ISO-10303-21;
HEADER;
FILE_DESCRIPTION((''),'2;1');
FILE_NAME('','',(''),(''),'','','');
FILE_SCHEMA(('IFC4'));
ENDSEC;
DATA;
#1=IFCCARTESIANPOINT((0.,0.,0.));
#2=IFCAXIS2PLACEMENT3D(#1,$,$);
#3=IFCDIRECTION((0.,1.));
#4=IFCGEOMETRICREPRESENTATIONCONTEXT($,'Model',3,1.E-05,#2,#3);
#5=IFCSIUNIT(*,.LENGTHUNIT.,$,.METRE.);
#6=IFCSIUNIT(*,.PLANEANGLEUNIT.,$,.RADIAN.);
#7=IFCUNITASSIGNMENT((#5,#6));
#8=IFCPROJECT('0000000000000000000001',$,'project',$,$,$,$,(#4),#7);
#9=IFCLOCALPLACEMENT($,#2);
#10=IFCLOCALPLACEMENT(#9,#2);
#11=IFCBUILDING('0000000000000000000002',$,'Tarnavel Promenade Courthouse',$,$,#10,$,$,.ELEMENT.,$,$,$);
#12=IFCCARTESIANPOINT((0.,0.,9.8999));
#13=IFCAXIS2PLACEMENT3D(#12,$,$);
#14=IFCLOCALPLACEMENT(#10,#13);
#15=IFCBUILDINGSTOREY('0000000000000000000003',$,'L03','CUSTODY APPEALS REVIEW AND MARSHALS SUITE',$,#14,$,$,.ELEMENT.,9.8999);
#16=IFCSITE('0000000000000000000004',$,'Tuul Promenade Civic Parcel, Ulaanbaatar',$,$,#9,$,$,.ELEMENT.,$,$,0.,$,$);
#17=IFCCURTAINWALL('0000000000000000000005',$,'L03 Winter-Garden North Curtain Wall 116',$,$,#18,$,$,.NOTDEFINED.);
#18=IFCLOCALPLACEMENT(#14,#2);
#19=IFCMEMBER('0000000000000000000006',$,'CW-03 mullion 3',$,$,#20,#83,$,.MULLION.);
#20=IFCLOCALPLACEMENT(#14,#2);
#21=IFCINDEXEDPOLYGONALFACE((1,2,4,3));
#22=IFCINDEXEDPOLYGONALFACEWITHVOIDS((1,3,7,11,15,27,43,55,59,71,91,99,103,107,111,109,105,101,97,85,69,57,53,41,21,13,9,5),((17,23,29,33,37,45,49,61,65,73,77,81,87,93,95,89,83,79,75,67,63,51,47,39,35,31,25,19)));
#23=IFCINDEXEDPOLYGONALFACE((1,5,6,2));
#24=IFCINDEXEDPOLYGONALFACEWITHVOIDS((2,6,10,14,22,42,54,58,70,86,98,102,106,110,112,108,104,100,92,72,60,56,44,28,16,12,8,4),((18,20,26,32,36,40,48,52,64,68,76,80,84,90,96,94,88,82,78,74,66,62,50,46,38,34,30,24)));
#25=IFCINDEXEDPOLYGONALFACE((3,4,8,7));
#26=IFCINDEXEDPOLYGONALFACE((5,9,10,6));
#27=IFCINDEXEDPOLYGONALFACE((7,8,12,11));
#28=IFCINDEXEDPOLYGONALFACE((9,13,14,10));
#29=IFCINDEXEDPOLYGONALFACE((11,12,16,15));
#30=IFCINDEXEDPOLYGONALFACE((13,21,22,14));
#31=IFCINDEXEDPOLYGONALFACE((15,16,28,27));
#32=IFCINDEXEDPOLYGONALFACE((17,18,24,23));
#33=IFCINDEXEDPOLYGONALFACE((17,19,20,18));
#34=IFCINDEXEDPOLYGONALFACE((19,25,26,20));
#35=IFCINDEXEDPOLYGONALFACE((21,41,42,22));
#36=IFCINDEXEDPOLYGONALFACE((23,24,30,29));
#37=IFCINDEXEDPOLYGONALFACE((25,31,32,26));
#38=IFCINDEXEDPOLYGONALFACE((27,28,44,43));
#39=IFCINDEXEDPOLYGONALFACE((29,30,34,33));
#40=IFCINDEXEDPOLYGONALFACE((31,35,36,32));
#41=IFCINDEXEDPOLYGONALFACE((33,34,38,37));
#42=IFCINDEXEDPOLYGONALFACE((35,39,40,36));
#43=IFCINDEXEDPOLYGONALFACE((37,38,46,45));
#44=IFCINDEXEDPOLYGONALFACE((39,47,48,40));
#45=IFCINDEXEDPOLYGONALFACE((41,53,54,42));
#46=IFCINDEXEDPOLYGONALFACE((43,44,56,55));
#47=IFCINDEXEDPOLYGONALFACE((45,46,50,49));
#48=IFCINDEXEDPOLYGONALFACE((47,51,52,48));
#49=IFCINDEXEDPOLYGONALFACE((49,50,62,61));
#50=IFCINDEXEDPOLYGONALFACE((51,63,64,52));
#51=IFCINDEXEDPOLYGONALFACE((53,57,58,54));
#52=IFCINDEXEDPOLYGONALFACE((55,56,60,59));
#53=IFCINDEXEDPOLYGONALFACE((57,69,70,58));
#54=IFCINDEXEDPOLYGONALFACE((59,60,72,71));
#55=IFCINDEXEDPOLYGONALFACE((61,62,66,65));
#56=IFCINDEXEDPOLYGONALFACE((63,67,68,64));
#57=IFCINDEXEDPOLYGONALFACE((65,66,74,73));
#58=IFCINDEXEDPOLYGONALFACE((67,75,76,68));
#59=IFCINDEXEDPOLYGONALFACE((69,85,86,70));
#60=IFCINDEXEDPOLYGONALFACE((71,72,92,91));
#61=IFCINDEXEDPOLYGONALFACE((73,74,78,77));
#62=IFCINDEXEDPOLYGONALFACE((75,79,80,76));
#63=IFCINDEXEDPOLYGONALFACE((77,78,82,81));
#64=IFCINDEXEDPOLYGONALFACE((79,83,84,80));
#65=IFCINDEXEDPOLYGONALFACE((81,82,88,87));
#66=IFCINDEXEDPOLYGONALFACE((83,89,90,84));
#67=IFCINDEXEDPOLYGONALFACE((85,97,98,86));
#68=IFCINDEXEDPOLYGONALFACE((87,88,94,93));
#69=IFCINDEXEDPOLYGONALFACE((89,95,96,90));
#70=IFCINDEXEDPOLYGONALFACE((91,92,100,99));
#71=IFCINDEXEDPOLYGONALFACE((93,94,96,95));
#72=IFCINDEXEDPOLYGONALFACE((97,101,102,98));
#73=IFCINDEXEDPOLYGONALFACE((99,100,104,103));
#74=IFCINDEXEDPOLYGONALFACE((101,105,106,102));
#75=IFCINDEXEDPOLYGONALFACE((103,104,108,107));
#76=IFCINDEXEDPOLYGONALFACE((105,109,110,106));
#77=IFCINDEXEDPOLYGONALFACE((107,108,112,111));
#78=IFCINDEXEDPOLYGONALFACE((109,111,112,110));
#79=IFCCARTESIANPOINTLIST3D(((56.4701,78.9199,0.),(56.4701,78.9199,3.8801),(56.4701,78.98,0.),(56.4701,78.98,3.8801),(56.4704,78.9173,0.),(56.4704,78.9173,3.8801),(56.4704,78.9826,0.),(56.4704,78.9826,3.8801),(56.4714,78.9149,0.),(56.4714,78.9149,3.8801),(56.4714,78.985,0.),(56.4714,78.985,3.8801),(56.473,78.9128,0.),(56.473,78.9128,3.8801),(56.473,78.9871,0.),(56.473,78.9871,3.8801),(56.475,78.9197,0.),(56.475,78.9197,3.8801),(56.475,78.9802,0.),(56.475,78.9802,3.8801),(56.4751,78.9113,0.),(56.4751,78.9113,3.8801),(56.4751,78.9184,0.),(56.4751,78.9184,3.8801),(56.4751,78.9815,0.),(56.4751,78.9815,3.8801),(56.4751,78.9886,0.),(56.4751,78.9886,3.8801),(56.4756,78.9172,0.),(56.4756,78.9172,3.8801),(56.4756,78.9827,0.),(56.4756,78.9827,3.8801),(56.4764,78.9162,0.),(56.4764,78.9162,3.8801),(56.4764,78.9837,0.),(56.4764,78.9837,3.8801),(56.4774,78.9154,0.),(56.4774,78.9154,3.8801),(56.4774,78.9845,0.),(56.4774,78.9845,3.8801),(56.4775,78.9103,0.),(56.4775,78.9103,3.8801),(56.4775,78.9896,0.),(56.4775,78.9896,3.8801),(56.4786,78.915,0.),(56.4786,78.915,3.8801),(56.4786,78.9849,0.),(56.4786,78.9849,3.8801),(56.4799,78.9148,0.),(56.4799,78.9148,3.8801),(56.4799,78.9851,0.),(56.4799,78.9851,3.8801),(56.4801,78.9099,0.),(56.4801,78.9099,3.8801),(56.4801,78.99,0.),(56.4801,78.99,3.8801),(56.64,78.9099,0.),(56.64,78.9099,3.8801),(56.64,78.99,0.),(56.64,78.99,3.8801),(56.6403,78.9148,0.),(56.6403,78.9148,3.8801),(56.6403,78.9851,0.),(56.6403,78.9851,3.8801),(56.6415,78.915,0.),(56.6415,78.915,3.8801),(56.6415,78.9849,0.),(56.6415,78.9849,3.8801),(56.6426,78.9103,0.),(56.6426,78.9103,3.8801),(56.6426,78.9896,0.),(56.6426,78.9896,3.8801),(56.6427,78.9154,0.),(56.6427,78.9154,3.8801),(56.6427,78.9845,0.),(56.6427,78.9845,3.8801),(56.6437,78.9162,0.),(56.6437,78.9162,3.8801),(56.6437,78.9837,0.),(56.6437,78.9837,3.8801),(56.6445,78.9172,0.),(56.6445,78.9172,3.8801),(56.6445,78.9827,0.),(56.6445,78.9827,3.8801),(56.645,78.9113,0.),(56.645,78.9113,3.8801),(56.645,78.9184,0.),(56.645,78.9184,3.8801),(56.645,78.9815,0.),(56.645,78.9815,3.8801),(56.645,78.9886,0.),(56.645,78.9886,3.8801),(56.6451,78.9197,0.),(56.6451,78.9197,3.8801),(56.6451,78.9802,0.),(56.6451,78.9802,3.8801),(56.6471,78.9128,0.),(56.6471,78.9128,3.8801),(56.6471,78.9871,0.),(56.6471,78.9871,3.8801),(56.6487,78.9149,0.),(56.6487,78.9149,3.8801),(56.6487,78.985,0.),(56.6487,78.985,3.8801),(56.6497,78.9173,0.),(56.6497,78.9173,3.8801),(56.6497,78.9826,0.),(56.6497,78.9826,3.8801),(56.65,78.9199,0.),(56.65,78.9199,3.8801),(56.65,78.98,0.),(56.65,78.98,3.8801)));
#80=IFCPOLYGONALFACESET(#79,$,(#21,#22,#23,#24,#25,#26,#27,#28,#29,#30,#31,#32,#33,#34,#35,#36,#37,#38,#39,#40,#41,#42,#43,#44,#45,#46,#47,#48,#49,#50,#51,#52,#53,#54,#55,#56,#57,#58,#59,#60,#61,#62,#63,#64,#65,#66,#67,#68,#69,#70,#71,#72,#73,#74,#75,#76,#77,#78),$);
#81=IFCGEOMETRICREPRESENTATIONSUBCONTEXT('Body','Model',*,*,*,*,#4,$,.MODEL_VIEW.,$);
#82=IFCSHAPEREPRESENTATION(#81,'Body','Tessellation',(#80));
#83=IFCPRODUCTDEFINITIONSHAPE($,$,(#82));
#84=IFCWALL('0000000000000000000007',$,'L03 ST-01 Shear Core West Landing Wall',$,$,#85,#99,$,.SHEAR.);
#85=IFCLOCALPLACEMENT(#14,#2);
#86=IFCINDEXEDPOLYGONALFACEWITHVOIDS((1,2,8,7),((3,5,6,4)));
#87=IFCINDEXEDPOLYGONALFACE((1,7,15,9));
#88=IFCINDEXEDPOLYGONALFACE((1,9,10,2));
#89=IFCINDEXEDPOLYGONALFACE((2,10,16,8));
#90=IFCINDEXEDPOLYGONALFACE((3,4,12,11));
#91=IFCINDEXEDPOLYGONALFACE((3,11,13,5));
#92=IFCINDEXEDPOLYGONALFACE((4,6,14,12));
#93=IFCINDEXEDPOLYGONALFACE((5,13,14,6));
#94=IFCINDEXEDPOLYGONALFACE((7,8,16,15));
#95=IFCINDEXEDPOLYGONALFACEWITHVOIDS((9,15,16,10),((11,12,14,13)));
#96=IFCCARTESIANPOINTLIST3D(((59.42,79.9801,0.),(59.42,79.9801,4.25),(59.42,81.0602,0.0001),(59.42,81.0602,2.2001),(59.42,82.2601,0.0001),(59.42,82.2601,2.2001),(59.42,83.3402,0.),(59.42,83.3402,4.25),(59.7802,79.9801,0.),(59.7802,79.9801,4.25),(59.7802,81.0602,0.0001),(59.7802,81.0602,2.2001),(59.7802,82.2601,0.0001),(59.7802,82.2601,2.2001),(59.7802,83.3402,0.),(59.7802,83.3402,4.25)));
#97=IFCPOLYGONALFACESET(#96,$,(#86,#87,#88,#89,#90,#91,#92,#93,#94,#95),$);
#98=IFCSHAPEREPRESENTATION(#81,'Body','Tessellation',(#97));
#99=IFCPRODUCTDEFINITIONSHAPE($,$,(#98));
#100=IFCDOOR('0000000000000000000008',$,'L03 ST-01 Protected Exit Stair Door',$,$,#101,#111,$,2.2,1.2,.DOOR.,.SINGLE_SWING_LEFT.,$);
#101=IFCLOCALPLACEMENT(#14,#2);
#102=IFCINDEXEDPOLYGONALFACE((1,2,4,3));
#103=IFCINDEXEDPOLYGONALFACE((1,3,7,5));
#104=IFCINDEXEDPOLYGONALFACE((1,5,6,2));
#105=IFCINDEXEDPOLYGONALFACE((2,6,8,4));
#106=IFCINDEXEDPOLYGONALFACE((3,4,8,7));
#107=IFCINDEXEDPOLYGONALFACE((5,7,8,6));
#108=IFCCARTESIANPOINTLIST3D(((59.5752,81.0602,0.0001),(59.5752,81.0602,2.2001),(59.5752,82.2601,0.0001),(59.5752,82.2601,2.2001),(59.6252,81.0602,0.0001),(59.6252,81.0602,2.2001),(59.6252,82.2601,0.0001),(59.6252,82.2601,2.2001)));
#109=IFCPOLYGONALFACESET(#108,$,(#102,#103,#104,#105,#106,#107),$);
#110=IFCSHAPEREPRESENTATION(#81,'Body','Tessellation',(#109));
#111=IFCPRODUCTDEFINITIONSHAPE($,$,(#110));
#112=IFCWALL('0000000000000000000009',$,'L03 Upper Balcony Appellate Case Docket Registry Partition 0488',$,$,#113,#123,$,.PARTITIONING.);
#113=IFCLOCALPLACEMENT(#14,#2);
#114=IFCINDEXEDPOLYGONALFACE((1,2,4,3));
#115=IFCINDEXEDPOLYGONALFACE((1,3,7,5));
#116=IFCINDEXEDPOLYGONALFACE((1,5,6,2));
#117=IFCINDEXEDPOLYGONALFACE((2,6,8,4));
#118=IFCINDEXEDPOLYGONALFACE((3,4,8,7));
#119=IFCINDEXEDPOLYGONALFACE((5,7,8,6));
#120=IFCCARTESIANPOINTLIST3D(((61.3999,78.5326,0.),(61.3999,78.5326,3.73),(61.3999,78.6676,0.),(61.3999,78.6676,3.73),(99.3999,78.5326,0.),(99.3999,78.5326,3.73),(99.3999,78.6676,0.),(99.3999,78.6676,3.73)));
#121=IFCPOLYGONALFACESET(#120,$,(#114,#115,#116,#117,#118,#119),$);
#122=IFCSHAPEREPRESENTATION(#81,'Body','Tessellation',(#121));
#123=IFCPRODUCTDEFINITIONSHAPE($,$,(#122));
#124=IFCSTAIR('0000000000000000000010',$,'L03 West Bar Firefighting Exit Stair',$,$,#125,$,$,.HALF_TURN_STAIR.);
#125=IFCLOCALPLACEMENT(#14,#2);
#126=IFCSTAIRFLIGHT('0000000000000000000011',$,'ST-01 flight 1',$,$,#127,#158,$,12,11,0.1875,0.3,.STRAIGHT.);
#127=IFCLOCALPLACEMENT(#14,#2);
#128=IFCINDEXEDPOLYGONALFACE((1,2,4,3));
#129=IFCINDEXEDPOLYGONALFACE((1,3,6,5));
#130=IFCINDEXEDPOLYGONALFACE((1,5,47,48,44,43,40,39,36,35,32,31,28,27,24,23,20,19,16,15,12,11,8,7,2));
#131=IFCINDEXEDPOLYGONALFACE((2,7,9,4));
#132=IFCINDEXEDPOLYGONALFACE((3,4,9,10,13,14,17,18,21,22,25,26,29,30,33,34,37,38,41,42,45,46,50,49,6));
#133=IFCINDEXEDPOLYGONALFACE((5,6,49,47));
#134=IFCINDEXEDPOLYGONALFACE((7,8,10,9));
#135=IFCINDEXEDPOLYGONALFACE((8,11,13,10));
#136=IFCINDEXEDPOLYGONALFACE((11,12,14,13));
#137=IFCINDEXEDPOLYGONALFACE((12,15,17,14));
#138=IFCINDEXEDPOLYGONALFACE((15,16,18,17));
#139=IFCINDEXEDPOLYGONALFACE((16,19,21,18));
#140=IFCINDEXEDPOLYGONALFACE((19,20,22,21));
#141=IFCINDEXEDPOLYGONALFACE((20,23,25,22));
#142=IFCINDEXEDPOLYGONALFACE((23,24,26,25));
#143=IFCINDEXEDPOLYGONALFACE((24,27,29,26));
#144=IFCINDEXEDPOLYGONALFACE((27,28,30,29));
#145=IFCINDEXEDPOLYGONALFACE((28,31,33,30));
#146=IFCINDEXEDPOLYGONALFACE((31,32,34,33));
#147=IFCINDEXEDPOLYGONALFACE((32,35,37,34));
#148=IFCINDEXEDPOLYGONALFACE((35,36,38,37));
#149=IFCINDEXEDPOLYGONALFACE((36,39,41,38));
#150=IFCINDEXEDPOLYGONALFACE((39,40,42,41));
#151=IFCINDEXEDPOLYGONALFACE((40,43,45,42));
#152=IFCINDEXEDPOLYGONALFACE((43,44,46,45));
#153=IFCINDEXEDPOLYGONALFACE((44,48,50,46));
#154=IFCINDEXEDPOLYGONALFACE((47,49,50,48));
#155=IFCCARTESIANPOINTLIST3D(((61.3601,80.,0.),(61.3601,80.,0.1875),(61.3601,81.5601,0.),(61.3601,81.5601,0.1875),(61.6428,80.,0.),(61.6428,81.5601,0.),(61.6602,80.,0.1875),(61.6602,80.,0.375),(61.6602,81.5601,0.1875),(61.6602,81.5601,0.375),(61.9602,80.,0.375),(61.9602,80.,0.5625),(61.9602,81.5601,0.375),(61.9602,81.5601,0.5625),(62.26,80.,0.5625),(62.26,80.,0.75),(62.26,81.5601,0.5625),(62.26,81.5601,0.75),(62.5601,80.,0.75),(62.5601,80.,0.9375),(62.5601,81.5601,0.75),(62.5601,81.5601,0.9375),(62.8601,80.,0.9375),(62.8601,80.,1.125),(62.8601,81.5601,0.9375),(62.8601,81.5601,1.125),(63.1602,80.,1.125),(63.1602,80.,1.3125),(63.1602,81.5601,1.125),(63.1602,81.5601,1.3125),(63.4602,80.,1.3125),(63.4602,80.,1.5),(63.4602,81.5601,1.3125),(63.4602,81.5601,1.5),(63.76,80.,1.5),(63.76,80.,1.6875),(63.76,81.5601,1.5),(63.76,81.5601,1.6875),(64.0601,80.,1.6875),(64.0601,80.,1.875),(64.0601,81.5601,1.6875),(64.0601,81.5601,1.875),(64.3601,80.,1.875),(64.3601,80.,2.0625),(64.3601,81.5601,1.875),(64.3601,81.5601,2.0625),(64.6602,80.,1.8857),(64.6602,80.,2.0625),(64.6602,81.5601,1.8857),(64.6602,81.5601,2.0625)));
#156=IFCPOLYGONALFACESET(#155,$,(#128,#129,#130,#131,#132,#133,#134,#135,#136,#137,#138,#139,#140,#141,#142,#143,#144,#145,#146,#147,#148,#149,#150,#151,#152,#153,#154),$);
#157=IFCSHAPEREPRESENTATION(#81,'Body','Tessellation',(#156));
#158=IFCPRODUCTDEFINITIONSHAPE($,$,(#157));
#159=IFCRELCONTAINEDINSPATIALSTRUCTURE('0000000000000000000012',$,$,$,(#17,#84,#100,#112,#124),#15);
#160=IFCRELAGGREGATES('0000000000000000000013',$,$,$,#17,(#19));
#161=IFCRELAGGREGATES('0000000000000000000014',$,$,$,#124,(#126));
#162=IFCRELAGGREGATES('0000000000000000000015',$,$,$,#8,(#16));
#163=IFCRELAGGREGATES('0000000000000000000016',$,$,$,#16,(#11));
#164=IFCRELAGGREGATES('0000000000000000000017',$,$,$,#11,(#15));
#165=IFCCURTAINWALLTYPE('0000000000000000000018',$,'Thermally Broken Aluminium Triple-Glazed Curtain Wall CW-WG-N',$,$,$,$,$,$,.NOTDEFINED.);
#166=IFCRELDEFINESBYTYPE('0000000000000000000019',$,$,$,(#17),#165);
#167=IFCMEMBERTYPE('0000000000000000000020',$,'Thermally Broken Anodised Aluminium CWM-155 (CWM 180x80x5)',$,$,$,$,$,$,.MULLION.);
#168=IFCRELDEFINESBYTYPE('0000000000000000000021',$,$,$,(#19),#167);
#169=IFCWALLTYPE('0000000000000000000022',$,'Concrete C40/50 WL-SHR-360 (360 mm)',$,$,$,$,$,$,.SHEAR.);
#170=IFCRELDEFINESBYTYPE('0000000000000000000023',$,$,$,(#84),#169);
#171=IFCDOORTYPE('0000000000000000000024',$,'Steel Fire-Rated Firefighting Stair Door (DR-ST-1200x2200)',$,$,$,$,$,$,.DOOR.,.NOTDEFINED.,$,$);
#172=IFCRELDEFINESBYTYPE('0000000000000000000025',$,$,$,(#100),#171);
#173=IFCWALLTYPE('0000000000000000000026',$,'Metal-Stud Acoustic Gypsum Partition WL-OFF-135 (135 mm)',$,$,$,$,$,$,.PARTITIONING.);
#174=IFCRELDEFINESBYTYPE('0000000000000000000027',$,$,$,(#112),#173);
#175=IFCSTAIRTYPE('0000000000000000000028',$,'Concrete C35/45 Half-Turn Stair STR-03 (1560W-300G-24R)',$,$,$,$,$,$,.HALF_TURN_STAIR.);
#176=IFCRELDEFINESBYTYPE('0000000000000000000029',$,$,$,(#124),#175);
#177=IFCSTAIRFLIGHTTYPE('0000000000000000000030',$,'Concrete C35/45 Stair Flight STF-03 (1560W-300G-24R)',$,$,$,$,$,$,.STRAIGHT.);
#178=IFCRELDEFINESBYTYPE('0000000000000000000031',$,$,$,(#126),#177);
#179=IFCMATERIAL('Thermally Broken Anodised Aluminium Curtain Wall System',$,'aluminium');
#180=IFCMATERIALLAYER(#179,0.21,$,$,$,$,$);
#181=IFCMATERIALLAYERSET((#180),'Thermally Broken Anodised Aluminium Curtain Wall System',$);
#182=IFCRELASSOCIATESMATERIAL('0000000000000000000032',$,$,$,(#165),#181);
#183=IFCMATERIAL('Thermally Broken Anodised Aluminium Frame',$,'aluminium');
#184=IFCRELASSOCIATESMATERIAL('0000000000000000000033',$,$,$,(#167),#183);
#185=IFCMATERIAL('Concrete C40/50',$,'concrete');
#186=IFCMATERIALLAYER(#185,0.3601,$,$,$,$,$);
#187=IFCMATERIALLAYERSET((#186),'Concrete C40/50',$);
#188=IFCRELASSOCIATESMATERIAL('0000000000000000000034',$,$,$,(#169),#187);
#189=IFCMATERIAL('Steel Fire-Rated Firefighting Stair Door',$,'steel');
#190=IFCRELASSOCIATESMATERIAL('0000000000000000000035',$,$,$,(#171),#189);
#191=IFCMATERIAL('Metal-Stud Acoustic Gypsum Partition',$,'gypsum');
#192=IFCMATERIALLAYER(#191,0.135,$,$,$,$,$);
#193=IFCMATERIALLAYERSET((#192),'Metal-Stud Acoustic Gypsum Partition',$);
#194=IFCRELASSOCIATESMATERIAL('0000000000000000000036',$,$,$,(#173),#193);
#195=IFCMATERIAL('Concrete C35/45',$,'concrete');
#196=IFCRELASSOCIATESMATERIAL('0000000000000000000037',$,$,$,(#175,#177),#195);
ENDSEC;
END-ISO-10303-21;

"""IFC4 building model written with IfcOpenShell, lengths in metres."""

from ifc_helpers import new_model, si_unit, direction, frame, frame_2d, origin, origin_2d, place, context, subcontext, project, spatial, polyline, rectangle, hollow_rectangle, outline, extrude, material, layer, layer_set, material_profile, profile_set, type_object, element, fill, aggregate, save


model = new_model("IFC4")

# Units and contexts
model_context = context("Model", 3, precision=1e-05, world=origin(), true_north=direction((0.0, 1.0)))
body_context = subcontext(model_context, "Body", "Model", "MODEL_VIEW")
ifc_project = project(units=[si_unit("LENGTHUNIT", "METRE"), si_unit("PLANEANGLEUNIT", "RADIAN")], contexts=[model_context])

# Site, building, storey
site_placement = place(None, origin())
site = spatial("IfcSite", under=ifc_project, at=site_placement, Name="Tuul Promenade Civic Parcel, Ulaanbaatar", CompositionType="ELEMENT", RefElevation=0.0)
building_placement = place(site_placement, origin())
building = spatial("IfcBuilding", under=site, at=building_placement, Name="Tarnavel Promenade Courthouse", CompositionType="ELEMENT")
storey_placement = place(building_placement, frame((0.0, 0.0, 9.8999)))
storey = spatial("IfcBuildingStorey", under=building, at=storey_placement, Name="L03", Description="CUSTODY APPEALS REVIEW AND MARSHALS SUITE", CompositionType="ELEMENT", Elevation=9.8999)

# Shared definitions
ifc_material_1 = material(Name="Concrete C40/50", Category="concrete")

# Curtain wall, member
ifc_material_2 = material(Name="Thermally Broken Anodised Aluminium Curtain Wall System", Category="aluminium")
ifc_layer_1 = layer(ifc_material_2, 0.21)
ifc_layer_set_1 = layer_set([ifc_layer_1], Name="Thermally Broken Anodised Aluminium Curtain Wall System")
curtain_wall_type = type_object("IfcCurtainWallType", Name="Thermally Broken Aluminium Triple-Glazed Curtain Wall CW-WG-N", PredefinedType="NOTDEFINED", material=ifc_layer_set_1)
curtain_wall_placement = place(storey_placement, origin())
curtain_wall = element("IfcCurtainWall", 1, at=curtain_wall_placement, inside=storey, type_object=curtain_wall_type, Name="L03 Winter-Garden North Curtain Wall 116", PredefinedType="NOTDEFINED")
ifc_material_3 = material(Name="Thermally Broken Anodised Aluminium Frame", Category="aluminium")
ifc_material_profile_1 = material_profile(ifc_material_3, hollow_rectangle(XDim=0.0801, YDim=0.1799, WallThickness=0.0049, InnerFilletRadius=0.0049, OuterFilletRadius=0.01, at=origin_2d()), Name="CWM 180x80x5")
ifc_profile_set_1 = profile_set([ifc_material_profile_1], Name="Thermally Broken Anodised Aluminium Frame")
member_type_1 = type_object("IfcMemberType", Name="Thermally Broken Anodised Aluminium CWM-155 (CWM 180x80x5)", PredefinedType="MULLION", material=ifc_profile_set_1)
member_1_placement = place(storey_placement, frame((56.5601, 78.95, 0.0), z_axis=(0.0, 0.0, 1.0), x_axis=(0.0, 1.0, 0.0)))
member_1 = element("IfcMember", 2, at=member_1_placement, type_object=member_type_1, Name="CW-03 mullion 3", PredefinedType="MULLION", context=body_context, shape_type="SweptSolid", body=[
    extrude(hollow_rectangle(XDim=0.0801, YDim=0.1799, WallThickness=0.0049, InnerFilletRadius=0.0049, OuterFilletRadius=0.01, at=origin_2d()), origin(), (0.0, 0.0, 1.0), 3.8801),
])
aggregate(curtain_wall, [member_1])

# Wall, opening, door
ifc_layer_2 = layer(ifc_material_1, 0.3601)
ifc_layer_set_2 = layer_set([ifc_layer_2], Name="Concrete C40/50")
wall_type_1 = type_object("IfcWallType", Name="Concrete C40/50 WL-SHR-360 (360 mm)", PredefinedType="SHEAR", material=ifc_layer_set_2)
wall_1_placement = place(storey_placement, frame((59.6001, 79.98, 0.0), z_axis=(0.0, 0.0, 1.0), x_axis=(0.0, 1.0, 0.0)))
wall_1 = element("IfcWall", 3, at=wall_1_placement, inside=storey, type_object=wall_type_1, Name="L03 ST-01 Shear Core West Landing Wall", PredefinedType="SHEAR", context=body_context, shape_type="SweptSolid", body=[
    extrude(rectangle(XDim=3.3601, YDim=0.3601, at=frame_2d((1.6802, 0.0))), origin(), (0.0, 0.0, 1.0), 4.25),
])
opening_placement = place(wall_1_placement, frame((1.0801, 0.0, 0.0)))
opening = element("IfcOpeningElement", 4, at=opening_placement, cuts=wall_1, PredefinedType="OPENING", context=body_context, shape_type="SweptSolid", body=[
    extrude(rectangle(XDim=1.2, YDim=2.2, at=frame_2d((0.6001, 1.1001))), frame((0.0, 0.1899, 0.0), z_axis=(0.0, -1.0, 0.0), x_axis=(1.0, 0.0, 0.0)), (0.0, 0.0, 1.0), 0.3801),
])
ifc_material_4 = material(Name="Steel Fire-Rated Firefighting Stair Door", Category="steel")
door_type = type_object("IfcDoorType", Name="Steel Fire-Rated Firefighting Stair Door (DR-ST-1200x2200)", OperationType="NOTDEFINED", PredefinedType="DOOR", material=ifc_material_4)
door_placement = place(opening_placement, origin())
door = element("IfcDoor", 5, at=door_placement, inside=storey, type_object=door_type, Name="L03 ST-01 Protected Exit Stair Door", OperationType="SINGLE_SWING_LEFT", OverallHeight=2.2, OverallWidth=1.2, PredefinedType="DOOR", context=body_context, shape_type="SweptSolid", body=[
    extrude(rectangle(XDim=1.2, YDim=2.2, at=frame_2d((0.6001, 1.1001))), frame((0.0, 0.0249, 0.0), z_axis=(0.0, -1.0, 0.0), x_axis=(1.0, 0.0, 0.0)), (0.0, 0.0, 1.0), 0.05),
])
fill(opening, door)

# Wall
ifc_material_5 = material(Name="Metal-Stud Acoustic Gypsum Partition", Category="gypsum")
ifc_layer_3 = layer(ifc_material_5, 0.135)
ifc_layer_set_3 = layer_set([ifc_layer_3], Name="Metal-Stud Acoustic Gypsum Partition")
wall_type_2 = type_object("IfcWallType", Name="Metal-Stud Acoustic Gypsum Partition WL-OFF-135 (135 mm)", PredefinedType="PARTITIONING", material=ifc_layer_set_3)
wall_2_placement = place(storey_placement, frame((61.3999, 78.6001, 0.0), z_axis=(0.0, 0.0, 1.0), x_axis=(1.0, 0.0, 0.0)))
element("IfcWall", 6, at=wall_2_placement, inside=storey, type_object=wall_type_2, Name="L03 Upper Balcony Appellate Case Docket Registry Partition 0488", PredefinedType="PARTITIONING", context=body_context, shape_type="SweptSolid", body=[
    extrude(rectangle(XDim=38.0, YDim=0.135, at=frame_2d((19.0, 0.0))), origin(), (0.0, 0.0, 1.0), 3.73),
])

# Stair, stair flight
ifc_material_6 = material(Name="Concrete C35/45", Category="concrete")
stair_type = type_object("IfcStairType", Name="Concrete C35/45 Half-Turn Stair STR-03 (1560W-300G-24R)", PredefinedType="HALF_TURN_STAIR", material=ifc_material_6)
stair_placement = place(storey_placement, origin())
stair = element("IfcStair", 7, at=stair_placement, inside=storey, type_object=stair_type, Name="L03 West Bar Firefighting Exit Stair", PredefinedType="HALF_TURN_STAIR")
stair_flight_type = type_object("IfcStairFlightType", Name="Concrete C35/45 Stair Flight STF-03 (1560W-300G-24R)", PredefinedType="STRAIGHT", material=ifc_material_6)
stair_flight_placement = place(storey_placement, frame((61.3601, 80.78, 0.0), z_axis=(0.0, 0.0, 1.0), x_axis=(1.0, 0.0, 0.0)))
stair_flight = element("IfcStairFlight", 8, at=stair_flight_placement, type_object=stair_flight_type, Name="ST-01 flight 1", NumberOfRisers=12, NumberOfTreads=11, PredefinedType="STRAIGHT", RiserHeight=0.1875, TreadLength=0.3, context=body_context, shape_type="SweptSolid", body=[
    extrude(outline(polyline([(0.0, 0.0), (0.0, 0.1875), (0.3, 0.1875), (0.3, 0.375), (0.6001, 0.375), (0.6001, 0.5625), (0.8999, 0.5625), (0.8999, 0.75), (1.2, 0.75), (1.2, 0.9375), (1.5, 0.9375), (1.5, 1.125), (1.8, 1.125), (1.8, 1.3125), (2.1001, 1.3125), (2.1001, 1.5), (2.3999, 1.5), (2.3999, 1.6875), (2.7, 1.6875), (2.7, 1.875), (3.0, 1.875), (3.0, 2.0625), (3.3, 2.0625), (3.3, 2.25), (3.3, 1.8857), (0.2827, 0.0), (0.0, 0.0)])), frame((0.0, 0.78, 0.0), z_axis=(0.0, -1.0, 0.0), x_axis=(1.0, 0.0, 0.0)), (0.0, 0.0, 1.0), 1.5601),
])
aggregate(stair, [stair_flight])

save(model, "model.ifc")
